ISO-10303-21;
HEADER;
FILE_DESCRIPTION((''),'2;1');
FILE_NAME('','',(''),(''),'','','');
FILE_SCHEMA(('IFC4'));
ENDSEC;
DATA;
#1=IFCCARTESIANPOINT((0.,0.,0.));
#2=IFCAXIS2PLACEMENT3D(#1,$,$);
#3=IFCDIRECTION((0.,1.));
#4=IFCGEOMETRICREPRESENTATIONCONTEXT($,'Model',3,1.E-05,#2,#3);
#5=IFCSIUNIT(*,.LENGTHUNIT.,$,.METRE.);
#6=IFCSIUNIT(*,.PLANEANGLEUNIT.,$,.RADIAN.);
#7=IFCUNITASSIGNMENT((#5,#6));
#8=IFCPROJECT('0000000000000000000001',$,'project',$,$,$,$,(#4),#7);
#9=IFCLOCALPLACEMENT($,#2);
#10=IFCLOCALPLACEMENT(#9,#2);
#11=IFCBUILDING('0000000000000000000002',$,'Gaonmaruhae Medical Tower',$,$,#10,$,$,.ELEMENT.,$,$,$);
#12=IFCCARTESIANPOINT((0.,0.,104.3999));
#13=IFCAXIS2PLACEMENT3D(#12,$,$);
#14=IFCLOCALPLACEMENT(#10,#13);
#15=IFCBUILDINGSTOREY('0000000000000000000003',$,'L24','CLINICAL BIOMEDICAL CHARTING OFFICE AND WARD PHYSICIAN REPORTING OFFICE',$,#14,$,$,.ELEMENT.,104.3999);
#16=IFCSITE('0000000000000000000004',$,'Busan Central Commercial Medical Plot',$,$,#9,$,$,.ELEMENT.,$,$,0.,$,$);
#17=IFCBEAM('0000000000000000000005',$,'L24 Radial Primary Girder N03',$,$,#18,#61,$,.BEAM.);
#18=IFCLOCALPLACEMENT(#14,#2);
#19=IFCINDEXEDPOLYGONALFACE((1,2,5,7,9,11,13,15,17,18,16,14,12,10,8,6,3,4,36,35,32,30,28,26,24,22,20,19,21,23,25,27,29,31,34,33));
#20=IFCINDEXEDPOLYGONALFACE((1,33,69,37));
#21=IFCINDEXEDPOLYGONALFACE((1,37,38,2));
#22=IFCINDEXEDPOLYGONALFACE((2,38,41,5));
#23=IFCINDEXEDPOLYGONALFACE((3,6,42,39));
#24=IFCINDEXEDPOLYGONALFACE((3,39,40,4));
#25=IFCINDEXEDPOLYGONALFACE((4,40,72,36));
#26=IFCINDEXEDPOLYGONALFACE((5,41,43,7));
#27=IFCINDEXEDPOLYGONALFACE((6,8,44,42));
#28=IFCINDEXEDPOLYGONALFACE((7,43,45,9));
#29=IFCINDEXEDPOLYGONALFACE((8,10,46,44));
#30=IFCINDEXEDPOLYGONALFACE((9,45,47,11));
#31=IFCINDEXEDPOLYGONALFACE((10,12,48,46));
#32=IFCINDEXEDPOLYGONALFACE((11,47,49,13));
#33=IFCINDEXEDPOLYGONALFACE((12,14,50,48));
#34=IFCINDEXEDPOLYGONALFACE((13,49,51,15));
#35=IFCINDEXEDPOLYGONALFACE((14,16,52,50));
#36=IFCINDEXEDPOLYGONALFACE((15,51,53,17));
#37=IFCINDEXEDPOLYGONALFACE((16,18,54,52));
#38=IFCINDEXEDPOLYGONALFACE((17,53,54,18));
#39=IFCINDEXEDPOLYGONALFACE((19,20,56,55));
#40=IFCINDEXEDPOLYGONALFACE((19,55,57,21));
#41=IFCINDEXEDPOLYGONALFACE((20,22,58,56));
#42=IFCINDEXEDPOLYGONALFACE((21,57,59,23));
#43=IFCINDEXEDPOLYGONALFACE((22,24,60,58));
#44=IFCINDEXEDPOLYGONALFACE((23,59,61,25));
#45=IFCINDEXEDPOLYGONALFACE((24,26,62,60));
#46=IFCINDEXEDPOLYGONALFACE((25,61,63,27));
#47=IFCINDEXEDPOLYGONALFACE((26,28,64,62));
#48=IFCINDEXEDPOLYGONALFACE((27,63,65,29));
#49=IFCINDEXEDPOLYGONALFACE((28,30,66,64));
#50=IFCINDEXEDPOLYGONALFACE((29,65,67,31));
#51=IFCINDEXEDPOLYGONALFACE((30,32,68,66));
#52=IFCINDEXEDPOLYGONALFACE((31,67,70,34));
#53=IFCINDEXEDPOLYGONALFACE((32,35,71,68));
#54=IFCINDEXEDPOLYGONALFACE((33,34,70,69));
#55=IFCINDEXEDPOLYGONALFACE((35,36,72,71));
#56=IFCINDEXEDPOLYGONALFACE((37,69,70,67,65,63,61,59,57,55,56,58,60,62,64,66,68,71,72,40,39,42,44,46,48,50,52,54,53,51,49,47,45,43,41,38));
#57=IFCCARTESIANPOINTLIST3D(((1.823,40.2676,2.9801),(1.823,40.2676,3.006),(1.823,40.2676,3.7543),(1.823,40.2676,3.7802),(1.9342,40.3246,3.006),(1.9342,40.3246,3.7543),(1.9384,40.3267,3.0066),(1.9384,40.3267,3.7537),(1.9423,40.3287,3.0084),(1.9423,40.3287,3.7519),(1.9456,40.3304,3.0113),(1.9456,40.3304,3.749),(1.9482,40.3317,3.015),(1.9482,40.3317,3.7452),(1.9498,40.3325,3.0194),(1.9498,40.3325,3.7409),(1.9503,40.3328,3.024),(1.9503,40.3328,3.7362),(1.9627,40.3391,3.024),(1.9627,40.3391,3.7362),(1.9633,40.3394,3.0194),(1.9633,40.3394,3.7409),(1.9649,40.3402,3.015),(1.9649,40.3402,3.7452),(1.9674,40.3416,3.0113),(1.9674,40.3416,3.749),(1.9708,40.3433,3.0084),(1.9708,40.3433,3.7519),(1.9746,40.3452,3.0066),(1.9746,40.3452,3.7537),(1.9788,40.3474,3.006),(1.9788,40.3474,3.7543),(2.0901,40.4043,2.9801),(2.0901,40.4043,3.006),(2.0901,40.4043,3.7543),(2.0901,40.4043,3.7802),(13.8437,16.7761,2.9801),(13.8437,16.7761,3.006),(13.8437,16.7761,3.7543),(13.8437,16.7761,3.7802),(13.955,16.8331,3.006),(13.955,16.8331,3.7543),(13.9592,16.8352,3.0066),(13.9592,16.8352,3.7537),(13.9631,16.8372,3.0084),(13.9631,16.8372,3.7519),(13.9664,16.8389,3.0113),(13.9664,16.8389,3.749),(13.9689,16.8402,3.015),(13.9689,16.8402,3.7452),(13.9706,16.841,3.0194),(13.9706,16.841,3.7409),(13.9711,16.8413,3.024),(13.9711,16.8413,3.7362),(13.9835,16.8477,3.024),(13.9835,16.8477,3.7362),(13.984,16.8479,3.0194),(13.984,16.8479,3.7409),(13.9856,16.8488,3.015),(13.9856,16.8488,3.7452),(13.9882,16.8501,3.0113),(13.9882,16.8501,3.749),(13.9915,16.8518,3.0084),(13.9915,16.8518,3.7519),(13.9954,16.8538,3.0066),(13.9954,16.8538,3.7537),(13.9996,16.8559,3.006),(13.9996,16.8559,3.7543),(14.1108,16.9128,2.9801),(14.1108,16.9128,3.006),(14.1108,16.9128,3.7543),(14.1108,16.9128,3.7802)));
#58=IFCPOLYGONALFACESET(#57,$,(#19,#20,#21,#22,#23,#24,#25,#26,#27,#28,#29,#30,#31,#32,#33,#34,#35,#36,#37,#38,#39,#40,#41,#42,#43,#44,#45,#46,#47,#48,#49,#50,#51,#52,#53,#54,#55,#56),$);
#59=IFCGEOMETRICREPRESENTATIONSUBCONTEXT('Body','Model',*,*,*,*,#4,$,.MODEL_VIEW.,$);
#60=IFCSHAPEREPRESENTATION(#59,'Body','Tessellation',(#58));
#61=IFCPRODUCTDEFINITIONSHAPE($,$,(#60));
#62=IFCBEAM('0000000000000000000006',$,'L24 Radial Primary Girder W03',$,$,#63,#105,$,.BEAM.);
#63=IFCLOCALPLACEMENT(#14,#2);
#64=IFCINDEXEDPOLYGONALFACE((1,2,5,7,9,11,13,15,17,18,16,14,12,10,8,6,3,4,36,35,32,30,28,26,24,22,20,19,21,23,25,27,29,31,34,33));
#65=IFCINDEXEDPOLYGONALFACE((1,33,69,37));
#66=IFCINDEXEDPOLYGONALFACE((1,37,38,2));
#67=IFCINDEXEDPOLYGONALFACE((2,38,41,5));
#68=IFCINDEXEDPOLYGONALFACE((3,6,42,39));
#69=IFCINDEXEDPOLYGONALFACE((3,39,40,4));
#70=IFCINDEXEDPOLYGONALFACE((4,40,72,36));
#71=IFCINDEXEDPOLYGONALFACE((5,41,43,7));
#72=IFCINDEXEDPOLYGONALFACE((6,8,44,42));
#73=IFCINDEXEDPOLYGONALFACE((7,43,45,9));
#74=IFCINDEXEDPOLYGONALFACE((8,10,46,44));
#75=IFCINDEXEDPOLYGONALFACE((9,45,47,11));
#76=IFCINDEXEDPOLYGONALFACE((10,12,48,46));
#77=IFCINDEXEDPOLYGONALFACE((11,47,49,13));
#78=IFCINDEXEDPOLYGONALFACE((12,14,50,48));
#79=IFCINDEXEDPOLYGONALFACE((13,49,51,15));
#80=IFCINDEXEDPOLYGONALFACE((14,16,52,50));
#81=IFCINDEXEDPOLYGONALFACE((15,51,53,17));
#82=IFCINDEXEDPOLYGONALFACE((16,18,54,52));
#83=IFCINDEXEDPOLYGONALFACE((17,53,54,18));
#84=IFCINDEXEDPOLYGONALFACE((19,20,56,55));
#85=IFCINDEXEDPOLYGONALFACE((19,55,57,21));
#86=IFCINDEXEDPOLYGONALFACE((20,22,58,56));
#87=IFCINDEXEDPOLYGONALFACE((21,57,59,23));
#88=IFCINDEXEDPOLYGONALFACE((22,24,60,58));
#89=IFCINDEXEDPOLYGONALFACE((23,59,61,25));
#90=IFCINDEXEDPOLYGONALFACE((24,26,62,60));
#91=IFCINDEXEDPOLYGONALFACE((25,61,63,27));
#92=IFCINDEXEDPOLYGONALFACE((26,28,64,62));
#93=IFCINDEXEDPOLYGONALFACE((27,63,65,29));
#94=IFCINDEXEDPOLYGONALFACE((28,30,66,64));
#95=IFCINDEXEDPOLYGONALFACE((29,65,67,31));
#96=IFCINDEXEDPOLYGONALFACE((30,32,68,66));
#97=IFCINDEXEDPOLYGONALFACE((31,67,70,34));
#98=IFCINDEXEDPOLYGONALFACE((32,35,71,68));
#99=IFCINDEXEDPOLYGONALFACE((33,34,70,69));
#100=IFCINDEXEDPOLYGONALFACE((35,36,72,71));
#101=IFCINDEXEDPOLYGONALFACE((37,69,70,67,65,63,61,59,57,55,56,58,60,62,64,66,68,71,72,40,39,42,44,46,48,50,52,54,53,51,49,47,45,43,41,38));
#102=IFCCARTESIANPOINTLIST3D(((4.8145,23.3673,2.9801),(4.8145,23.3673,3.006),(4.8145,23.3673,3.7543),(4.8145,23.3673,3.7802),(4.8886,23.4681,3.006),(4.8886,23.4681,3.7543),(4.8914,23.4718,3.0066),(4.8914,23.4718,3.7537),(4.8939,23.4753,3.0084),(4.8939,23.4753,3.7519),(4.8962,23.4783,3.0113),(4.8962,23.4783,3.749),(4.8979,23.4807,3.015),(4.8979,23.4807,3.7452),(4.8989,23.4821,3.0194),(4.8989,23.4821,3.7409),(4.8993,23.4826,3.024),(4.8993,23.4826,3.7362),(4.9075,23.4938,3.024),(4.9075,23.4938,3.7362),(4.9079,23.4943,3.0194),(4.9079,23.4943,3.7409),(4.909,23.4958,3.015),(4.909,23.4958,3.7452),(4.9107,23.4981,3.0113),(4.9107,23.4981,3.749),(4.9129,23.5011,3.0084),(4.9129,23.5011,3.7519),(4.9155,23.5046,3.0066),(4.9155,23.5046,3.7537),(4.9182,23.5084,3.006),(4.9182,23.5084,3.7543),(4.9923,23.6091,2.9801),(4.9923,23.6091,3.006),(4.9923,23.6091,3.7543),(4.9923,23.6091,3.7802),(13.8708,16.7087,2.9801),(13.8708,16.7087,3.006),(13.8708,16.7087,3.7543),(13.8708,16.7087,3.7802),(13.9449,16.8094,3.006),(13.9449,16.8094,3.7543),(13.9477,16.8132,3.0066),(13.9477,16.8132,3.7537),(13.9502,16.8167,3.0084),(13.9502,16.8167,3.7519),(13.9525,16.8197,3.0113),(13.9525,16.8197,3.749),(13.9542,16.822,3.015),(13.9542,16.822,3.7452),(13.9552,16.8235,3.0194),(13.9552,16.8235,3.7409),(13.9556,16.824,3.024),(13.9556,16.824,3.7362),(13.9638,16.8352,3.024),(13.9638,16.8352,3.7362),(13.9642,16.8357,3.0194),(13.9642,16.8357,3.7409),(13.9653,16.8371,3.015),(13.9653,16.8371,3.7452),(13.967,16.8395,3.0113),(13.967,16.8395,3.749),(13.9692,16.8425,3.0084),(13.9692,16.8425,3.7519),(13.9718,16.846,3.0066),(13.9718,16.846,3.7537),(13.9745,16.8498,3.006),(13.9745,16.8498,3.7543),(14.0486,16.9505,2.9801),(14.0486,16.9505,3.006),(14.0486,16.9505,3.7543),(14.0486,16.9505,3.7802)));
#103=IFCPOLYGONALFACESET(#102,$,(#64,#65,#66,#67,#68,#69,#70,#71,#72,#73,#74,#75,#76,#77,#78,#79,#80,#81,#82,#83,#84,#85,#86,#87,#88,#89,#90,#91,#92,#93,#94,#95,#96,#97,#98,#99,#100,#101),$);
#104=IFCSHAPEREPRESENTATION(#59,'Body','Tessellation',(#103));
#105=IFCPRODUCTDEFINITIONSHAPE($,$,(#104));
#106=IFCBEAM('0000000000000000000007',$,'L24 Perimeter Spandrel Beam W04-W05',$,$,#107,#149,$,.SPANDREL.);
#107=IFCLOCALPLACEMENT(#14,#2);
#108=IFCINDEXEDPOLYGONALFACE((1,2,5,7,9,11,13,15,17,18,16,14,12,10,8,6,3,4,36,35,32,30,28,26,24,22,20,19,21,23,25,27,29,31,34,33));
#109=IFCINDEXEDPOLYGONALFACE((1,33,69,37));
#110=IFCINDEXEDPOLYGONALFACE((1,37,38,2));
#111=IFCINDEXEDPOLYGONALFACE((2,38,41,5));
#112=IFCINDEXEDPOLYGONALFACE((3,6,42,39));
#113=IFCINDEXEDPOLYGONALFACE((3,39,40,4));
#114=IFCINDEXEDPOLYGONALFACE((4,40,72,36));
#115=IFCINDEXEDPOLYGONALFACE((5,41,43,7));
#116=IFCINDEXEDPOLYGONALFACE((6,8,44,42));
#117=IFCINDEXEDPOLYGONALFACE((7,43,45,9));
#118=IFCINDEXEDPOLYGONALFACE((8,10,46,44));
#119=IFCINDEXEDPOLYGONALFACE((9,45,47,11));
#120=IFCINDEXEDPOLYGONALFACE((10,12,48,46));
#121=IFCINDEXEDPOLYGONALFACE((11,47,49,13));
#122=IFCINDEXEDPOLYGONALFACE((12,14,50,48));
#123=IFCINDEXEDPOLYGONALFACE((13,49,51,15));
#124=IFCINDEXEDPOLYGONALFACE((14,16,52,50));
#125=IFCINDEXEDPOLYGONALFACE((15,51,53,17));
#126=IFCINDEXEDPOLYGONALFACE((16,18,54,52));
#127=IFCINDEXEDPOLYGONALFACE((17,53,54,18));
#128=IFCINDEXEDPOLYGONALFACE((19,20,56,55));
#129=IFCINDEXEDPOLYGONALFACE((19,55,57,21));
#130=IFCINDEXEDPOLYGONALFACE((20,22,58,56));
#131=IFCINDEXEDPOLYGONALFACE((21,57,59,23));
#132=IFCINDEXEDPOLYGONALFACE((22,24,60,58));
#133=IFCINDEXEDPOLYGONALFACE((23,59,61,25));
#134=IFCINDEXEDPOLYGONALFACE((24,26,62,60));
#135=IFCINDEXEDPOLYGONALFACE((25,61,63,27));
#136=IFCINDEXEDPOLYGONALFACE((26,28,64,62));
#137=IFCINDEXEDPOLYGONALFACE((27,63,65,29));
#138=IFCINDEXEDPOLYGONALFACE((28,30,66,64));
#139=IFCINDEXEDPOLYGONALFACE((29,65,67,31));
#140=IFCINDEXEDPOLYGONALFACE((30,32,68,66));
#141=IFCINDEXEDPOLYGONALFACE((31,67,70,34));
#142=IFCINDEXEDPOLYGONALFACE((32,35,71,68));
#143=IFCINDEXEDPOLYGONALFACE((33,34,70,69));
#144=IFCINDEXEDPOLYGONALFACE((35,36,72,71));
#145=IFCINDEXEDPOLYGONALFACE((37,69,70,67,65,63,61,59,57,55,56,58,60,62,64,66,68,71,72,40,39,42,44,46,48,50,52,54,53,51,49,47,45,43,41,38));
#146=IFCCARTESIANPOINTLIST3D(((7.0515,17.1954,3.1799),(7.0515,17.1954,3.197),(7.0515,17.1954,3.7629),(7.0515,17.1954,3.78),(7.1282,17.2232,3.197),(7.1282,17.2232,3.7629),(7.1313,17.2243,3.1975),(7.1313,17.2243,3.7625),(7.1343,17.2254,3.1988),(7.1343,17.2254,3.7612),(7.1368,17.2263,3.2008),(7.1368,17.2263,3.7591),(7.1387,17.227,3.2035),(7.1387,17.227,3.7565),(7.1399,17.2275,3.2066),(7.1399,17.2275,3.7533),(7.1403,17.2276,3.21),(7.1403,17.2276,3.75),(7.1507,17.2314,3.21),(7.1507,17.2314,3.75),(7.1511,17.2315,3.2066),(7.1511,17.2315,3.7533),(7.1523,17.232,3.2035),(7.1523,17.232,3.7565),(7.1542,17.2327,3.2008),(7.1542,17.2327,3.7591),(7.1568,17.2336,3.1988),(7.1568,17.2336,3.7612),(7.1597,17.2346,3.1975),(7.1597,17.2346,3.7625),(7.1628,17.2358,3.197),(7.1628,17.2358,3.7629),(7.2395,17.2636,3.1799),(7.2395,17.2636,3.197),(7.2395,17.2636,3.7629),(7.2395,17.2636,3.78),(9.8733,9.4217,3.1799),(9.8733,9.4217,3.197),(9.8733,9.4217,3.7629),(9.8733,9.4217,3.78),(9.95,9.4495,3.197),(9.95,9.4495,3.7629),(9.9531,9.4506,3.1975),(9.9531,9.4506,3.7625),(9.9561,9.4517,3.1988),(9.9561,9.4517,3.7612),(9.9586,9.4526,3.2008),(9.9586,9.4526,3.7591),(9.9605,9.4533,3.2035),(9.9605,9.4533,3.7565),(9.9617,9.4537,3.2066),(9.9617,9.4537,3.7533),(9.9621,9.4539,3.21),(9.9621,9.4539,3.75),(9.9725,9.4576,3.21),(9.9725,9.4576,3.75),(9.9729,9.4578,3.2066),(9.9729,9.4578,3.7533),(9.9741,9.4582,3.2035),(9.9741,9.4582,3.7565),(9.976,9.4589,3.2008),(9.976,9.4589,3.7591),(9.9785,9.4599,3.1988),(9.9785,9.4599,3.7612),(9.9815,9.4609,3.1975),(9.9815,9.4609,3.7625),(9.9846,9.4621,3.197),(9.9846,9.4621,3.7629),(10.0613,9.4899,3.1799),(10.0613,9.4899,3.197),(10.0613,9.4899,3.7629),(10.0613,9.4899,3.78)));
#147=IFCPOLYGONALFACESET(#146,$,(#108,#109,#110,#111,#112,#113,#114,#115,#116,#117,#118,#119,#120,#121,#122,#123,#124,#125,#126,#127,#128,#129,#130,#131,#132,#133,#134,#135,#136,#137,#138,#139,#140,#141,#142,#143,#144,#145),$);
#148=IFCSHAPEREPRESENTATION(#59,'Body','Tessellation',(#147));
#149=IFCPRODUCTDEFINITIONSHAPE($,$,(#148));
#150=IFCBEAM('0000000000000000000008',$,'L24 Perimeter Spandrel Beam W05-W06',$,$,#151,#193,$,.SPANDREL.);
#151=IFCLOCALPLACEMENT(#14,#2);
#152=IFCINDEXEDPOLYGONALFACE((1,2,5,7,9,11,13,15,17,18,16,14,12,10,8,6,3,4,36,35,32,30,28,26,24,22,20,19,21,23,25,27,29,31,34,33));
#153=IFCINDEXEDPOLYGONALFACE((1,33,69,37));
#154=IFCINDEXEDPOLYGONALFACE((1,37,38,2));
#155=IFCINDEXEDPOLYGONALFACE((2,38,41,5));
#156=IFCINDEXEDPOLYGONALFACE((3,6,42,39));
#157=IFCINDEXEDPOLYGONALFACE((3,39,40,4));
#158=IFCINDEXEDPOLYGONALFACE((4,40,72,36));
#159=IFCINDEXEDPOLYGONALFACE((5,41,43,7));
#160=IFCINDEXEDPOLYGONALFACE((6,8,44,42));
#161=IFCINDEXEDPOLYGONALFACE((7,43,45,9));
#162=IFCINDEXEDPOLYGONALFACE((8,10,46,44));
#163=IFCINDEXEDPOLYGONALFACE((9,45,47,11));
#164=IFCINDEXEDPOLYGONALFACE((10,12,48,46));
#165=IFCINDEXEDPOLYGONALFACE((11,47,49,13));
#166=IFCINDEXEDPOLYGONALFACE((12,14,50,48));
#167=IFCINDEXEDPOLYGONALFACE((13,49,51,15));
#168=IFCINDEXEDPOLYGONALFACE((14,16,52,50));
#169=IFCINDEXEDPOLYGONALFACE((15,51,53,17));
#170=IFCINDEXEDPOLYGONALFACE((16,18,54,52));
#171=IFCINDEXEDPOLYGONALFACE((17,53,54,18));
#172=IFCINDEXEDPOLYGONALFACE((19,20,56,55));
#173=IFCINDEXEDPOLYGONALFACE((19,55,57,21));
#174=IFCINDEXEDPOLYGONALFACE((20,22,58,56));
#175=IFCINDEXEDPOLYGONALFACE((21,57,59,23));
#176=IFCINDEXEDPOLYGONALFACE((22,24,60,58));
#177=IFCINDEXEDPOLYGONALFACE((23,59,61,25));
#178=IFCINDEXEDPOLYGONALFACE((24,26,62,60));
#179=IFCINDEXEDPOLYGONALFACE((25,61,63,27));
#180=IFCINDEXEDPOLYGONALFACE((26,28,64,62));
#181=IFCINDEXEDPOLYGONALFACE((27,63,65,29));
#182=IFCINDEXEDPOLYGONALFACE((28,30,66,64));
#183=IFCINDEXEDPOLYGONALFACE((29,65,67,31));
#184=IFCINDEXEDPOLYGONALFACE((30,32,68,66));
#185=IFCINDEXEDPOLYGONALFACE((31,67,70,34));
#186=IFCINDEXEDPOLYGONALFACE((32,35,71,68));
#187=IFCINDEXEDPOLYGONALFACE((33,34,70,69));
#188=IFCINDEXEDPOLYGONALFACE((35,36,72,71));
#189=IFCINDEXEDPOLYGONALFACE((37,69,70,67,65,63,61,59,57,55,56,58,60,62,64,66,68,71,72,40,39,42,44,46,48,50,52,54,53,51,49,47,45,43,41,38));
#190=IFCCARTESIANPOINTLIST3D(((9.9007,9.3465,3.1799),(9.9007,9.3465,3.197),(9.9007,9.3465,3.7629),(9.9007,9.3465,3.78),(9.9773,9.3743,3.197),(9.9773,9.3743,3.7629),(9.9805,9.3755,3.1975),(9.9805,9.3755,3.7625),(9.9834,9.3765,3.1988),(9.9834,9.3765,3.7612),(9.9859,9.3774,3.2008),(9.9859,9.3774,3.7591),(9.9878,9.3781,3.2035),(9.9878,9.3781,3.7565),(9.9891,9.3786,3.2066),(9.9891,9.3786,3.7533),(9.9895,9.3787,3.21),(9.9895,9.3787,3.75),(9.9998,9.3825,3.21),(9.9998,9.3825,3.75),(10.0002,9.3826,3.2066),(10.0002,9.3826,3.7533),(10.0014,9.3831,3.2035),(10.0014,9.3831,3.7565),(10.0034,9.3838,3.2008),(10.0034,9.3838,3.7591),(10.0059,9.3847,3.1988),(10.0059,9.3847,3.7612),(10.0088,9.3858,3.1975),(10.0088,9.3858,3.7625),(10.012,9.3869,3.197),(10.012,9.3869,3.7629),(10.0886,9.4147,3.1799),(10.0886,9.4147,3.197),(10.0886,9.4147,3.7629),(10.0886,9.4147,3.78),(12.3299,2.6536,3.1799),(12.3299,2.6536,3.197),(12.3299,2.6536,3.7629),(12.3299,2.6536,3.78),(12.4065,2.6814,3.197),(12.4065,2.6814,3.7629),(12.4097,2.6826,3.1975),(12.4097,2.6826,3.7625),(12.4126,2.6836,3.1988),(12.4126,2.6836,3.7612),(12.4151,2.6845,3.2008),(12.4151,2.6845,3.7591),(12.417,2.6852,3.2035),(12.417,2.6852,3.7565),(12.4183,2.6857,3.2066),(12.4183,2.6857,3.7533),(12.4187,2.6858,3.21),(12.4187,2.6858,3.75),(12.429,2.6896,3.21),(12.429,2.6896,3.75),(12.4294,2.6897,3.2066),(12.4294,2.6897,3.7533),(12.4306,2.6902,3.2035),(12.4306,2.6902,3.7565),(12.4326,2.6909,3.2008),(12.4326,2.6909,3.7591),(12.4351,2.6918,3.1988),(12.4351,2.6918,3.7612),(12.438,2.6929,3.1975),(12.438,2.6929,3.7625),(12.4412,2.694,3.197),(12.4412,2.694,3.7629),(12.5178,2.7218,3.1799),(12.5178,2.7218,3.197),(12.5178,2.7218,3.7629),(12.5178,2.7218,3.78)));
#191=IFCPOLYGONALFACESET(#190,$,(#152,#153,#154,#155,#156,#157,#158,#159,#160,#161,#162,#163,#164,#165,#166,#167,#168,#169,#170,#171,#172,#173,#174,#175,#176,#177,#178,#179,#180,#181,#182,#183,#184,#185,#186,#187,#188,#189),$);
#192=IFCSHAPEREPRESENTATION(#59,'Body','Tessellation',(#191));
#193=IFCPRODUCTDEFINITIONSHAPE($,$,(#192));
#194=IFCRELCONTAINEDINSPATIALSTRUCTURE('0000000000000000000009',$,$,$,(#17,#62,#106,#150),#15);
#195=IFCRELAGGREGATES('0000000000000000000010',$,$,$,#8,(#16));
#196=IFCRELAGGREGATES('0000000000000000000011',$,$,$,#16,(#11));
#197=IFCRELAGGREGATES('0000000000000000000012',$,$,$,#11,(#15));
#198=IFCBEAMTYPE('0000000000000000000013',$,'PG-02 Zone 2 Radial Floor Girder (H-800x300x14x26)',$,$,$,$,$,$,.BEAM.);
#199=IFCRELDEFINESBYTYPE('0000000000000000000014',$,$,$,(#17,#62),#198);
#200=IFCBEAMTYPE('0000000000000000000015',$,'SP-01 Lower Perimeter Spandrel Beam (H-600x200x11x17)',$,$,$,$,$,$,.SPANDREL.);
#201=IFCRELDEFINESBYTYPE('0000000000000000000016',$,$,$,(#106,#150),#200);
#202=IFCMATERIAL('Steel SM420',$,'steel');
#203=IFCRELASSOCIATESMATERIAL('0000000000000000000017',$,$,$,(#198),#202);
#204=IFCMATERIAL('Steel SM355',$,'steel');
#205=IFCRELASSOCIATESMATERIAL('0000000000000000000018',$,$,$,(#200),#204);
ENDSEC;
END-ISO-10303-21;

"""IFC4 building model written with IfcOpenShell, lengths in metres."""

from ifc_helpers import new_model, si_unit, direction, frame, origin, origin_2d, place, context, subcontext, project, spatial, i_section, extrude, material, material_profile, profile_set, type_object, element, save


model = new_model("IFC4")

# Units and contexts
model_context = context("Model", 3, precision=1e-05, world=origin(), true_north=direction((0.0, 1.0)))
body_context = subcontext(model_context, "Body", "Model", "MODEL_VIEW")
ifc_project = project(units=[si_unit("LENGTHUNIT", "METRE"), si_unit("PLANEANGLEUNIT", "RADIAN")], contexts=[model_context])

# Site, building, storey
site_placement = place(None, origin())
site = spatial("IfcSite", under=ifc_project, at=site_placement, Name="Busan Central Commercial Medical Plot", CompositionType="ELEMENT", RefElevation=0.0)
building_placement = place(site_placement, origin())
building = spatial("IfcBuilding", under=site, at=building_placement, Name="Gaonmaruhae Medical Tower", CompositionType="ELEMENT")
storey_placement = place(building_placement, frame((0.0, 0.0, 104.3999)))
storey = spatial("IfcBuildingStorey", under=building, at=storey_placement, Name="L24", Description="CLINICAL BIOMEDICAL CHARTING OFFICE AND WARD PHYSICIAN REPORTING OFFICE", CompositionType="ELEMENT", Elevation=104.3999)

# Beams
ifc_material_1 = material(Name="Steel SM420", Category="steel")
ifc_material_profile_1 = material_profile(ifc_material_1, i_section(OverallWidth=0.3, OverallDepth=0.8, WebThickness=0.0139, FlangeThickness=0.0259, FilletRadius=0.0181, at=origin_2d()), Name="H-800x300x14x26")
ifc_profile_set_1 = profile_set([ifc_material_profile_1], Name="Steel SM420")
beam_type_1 = type_object("IfcBeamType", Name="PG-02 Zone 2 Radial Floor Girder (H-800x300x14x26)", PredefinedType="BEAM", material=ifc_profile_set_1)
beam_1_placement = place(storey_placement, frame((13.9773, 16.8445, 3.3801), z_axis=(-0.455532, 0.890219, 0.0), x_axis=(-0.890219, -0.455532, 0.0)))
element("IfcBeam", 1, at=beam_1_placement, inside=storey, type_object=beam_type_1, Name="L24 Radial Primary Girder N03", PredefinedType="BEAM", context=body_context, shape_type="SweptSolid", body=[
    extrude(i_section(OverallWidth=0.3, OverallDepth=0.8, WebThickness=0.0139, FlangeThickness=0.0259, FilletRadius=0.0181, at=origin_2d()), origin(), (0.0, 0.0, 1.0), 26.3884),
])
beam_2_placement = place(storey_placement, frame((13.9597, 16.8296, 3.3801), z_axis=(-0.805669, 0.592366, 0.0), x_axis=(-0.592366, -0.805669, 0.0)))
element("IfcBeam", 2, at=beam_2_placement, inside=storey, type_object=beam_type_1, Name="L24 Radial Primary Girder W03", PredefinedType="BEAM", context=body_context, shape_type="SweptSolid", body=[
    extrude(i_section(OverallWidth=0.3, OverallDepth=0.8, WebThickness=0.0139, FlangeThickness=0.0259, FilletRadius=0.0181, at=origin_2d()), origin(), (0.0, 0.0, 1.0), 11.2407),
])
ifc_material_2 = material(Name="Steel SM355", Category="steel")
ifc_material_profile_2 = material_profile(ifc_material_2, i_section(OverallWidth=0.2, OverallDepth=0.6001, WebThickness=0.011, FlangeThickness=0.0171, FilletRadius=0.0129, at=origin_2d()), Name="H-600x200x11x17")
ifc_profile_set_2 = profile_set([ifc_material_profile_2], Name="Steel SM355")
beam_type_2 = type_object("IfcBeamType", Name="SP-01 Lower Perimeter Spandrel Beam (H-600x200x11x17)", PredefinedType="SPANDREL", material=ifc_profile_set_2)
beam_3_placement = place(storey_placement, frame((7.1455, 17.2295, 3.48), z_axis=(0.341207, -0.939988, 0.0), x_axis=(0.939988, 0.341207, 0.0)))
element("IfcBeam", 3, at=beam_3_placement, inside=storey, type_object=beam_type_2, Name="L24 Perimeter Spandrel Beam W04-W05", PredefinedType="SPANDREL", context=body_context, shape_type="SweptSolid", body=[
    extrude(i_section(OverallWidth=0.2, OverallDepth=0.6001, WebThickness=0.011, FlangeThickness=0.0171, FilletRadius=0.0129, at=origin_2d()), origin(), (0.0, 0.0, 1.0), 8.27),
])
beam_4_placement = place(storey_placement, frame((9.9946, 9.3806, 3.48), z_axis=(0.341176, -0.939999, 0.0), x_axis=(0.939999, 0.341176, 0.0)))
element("IfcBeam", 4, at=beam_4_placement, inside=storey, type_object=beam_type_2, Name="L24 Perimeter Spandrel Beam W05-W06", PredefinedType="SPANDREL", context=body_context, shape_type="SweptSolid", body=[
    extrude(i_section(OverallWidth=0.2, OverallDepth=0.6001, WebThickness=0.011, FlangeThickness=0.0171, FilletRadius=0.0129, at=origin_2d()), origin(), (0.0, 0.0, 1.0), 7.1201),
])

save(model, "model.ifc")
